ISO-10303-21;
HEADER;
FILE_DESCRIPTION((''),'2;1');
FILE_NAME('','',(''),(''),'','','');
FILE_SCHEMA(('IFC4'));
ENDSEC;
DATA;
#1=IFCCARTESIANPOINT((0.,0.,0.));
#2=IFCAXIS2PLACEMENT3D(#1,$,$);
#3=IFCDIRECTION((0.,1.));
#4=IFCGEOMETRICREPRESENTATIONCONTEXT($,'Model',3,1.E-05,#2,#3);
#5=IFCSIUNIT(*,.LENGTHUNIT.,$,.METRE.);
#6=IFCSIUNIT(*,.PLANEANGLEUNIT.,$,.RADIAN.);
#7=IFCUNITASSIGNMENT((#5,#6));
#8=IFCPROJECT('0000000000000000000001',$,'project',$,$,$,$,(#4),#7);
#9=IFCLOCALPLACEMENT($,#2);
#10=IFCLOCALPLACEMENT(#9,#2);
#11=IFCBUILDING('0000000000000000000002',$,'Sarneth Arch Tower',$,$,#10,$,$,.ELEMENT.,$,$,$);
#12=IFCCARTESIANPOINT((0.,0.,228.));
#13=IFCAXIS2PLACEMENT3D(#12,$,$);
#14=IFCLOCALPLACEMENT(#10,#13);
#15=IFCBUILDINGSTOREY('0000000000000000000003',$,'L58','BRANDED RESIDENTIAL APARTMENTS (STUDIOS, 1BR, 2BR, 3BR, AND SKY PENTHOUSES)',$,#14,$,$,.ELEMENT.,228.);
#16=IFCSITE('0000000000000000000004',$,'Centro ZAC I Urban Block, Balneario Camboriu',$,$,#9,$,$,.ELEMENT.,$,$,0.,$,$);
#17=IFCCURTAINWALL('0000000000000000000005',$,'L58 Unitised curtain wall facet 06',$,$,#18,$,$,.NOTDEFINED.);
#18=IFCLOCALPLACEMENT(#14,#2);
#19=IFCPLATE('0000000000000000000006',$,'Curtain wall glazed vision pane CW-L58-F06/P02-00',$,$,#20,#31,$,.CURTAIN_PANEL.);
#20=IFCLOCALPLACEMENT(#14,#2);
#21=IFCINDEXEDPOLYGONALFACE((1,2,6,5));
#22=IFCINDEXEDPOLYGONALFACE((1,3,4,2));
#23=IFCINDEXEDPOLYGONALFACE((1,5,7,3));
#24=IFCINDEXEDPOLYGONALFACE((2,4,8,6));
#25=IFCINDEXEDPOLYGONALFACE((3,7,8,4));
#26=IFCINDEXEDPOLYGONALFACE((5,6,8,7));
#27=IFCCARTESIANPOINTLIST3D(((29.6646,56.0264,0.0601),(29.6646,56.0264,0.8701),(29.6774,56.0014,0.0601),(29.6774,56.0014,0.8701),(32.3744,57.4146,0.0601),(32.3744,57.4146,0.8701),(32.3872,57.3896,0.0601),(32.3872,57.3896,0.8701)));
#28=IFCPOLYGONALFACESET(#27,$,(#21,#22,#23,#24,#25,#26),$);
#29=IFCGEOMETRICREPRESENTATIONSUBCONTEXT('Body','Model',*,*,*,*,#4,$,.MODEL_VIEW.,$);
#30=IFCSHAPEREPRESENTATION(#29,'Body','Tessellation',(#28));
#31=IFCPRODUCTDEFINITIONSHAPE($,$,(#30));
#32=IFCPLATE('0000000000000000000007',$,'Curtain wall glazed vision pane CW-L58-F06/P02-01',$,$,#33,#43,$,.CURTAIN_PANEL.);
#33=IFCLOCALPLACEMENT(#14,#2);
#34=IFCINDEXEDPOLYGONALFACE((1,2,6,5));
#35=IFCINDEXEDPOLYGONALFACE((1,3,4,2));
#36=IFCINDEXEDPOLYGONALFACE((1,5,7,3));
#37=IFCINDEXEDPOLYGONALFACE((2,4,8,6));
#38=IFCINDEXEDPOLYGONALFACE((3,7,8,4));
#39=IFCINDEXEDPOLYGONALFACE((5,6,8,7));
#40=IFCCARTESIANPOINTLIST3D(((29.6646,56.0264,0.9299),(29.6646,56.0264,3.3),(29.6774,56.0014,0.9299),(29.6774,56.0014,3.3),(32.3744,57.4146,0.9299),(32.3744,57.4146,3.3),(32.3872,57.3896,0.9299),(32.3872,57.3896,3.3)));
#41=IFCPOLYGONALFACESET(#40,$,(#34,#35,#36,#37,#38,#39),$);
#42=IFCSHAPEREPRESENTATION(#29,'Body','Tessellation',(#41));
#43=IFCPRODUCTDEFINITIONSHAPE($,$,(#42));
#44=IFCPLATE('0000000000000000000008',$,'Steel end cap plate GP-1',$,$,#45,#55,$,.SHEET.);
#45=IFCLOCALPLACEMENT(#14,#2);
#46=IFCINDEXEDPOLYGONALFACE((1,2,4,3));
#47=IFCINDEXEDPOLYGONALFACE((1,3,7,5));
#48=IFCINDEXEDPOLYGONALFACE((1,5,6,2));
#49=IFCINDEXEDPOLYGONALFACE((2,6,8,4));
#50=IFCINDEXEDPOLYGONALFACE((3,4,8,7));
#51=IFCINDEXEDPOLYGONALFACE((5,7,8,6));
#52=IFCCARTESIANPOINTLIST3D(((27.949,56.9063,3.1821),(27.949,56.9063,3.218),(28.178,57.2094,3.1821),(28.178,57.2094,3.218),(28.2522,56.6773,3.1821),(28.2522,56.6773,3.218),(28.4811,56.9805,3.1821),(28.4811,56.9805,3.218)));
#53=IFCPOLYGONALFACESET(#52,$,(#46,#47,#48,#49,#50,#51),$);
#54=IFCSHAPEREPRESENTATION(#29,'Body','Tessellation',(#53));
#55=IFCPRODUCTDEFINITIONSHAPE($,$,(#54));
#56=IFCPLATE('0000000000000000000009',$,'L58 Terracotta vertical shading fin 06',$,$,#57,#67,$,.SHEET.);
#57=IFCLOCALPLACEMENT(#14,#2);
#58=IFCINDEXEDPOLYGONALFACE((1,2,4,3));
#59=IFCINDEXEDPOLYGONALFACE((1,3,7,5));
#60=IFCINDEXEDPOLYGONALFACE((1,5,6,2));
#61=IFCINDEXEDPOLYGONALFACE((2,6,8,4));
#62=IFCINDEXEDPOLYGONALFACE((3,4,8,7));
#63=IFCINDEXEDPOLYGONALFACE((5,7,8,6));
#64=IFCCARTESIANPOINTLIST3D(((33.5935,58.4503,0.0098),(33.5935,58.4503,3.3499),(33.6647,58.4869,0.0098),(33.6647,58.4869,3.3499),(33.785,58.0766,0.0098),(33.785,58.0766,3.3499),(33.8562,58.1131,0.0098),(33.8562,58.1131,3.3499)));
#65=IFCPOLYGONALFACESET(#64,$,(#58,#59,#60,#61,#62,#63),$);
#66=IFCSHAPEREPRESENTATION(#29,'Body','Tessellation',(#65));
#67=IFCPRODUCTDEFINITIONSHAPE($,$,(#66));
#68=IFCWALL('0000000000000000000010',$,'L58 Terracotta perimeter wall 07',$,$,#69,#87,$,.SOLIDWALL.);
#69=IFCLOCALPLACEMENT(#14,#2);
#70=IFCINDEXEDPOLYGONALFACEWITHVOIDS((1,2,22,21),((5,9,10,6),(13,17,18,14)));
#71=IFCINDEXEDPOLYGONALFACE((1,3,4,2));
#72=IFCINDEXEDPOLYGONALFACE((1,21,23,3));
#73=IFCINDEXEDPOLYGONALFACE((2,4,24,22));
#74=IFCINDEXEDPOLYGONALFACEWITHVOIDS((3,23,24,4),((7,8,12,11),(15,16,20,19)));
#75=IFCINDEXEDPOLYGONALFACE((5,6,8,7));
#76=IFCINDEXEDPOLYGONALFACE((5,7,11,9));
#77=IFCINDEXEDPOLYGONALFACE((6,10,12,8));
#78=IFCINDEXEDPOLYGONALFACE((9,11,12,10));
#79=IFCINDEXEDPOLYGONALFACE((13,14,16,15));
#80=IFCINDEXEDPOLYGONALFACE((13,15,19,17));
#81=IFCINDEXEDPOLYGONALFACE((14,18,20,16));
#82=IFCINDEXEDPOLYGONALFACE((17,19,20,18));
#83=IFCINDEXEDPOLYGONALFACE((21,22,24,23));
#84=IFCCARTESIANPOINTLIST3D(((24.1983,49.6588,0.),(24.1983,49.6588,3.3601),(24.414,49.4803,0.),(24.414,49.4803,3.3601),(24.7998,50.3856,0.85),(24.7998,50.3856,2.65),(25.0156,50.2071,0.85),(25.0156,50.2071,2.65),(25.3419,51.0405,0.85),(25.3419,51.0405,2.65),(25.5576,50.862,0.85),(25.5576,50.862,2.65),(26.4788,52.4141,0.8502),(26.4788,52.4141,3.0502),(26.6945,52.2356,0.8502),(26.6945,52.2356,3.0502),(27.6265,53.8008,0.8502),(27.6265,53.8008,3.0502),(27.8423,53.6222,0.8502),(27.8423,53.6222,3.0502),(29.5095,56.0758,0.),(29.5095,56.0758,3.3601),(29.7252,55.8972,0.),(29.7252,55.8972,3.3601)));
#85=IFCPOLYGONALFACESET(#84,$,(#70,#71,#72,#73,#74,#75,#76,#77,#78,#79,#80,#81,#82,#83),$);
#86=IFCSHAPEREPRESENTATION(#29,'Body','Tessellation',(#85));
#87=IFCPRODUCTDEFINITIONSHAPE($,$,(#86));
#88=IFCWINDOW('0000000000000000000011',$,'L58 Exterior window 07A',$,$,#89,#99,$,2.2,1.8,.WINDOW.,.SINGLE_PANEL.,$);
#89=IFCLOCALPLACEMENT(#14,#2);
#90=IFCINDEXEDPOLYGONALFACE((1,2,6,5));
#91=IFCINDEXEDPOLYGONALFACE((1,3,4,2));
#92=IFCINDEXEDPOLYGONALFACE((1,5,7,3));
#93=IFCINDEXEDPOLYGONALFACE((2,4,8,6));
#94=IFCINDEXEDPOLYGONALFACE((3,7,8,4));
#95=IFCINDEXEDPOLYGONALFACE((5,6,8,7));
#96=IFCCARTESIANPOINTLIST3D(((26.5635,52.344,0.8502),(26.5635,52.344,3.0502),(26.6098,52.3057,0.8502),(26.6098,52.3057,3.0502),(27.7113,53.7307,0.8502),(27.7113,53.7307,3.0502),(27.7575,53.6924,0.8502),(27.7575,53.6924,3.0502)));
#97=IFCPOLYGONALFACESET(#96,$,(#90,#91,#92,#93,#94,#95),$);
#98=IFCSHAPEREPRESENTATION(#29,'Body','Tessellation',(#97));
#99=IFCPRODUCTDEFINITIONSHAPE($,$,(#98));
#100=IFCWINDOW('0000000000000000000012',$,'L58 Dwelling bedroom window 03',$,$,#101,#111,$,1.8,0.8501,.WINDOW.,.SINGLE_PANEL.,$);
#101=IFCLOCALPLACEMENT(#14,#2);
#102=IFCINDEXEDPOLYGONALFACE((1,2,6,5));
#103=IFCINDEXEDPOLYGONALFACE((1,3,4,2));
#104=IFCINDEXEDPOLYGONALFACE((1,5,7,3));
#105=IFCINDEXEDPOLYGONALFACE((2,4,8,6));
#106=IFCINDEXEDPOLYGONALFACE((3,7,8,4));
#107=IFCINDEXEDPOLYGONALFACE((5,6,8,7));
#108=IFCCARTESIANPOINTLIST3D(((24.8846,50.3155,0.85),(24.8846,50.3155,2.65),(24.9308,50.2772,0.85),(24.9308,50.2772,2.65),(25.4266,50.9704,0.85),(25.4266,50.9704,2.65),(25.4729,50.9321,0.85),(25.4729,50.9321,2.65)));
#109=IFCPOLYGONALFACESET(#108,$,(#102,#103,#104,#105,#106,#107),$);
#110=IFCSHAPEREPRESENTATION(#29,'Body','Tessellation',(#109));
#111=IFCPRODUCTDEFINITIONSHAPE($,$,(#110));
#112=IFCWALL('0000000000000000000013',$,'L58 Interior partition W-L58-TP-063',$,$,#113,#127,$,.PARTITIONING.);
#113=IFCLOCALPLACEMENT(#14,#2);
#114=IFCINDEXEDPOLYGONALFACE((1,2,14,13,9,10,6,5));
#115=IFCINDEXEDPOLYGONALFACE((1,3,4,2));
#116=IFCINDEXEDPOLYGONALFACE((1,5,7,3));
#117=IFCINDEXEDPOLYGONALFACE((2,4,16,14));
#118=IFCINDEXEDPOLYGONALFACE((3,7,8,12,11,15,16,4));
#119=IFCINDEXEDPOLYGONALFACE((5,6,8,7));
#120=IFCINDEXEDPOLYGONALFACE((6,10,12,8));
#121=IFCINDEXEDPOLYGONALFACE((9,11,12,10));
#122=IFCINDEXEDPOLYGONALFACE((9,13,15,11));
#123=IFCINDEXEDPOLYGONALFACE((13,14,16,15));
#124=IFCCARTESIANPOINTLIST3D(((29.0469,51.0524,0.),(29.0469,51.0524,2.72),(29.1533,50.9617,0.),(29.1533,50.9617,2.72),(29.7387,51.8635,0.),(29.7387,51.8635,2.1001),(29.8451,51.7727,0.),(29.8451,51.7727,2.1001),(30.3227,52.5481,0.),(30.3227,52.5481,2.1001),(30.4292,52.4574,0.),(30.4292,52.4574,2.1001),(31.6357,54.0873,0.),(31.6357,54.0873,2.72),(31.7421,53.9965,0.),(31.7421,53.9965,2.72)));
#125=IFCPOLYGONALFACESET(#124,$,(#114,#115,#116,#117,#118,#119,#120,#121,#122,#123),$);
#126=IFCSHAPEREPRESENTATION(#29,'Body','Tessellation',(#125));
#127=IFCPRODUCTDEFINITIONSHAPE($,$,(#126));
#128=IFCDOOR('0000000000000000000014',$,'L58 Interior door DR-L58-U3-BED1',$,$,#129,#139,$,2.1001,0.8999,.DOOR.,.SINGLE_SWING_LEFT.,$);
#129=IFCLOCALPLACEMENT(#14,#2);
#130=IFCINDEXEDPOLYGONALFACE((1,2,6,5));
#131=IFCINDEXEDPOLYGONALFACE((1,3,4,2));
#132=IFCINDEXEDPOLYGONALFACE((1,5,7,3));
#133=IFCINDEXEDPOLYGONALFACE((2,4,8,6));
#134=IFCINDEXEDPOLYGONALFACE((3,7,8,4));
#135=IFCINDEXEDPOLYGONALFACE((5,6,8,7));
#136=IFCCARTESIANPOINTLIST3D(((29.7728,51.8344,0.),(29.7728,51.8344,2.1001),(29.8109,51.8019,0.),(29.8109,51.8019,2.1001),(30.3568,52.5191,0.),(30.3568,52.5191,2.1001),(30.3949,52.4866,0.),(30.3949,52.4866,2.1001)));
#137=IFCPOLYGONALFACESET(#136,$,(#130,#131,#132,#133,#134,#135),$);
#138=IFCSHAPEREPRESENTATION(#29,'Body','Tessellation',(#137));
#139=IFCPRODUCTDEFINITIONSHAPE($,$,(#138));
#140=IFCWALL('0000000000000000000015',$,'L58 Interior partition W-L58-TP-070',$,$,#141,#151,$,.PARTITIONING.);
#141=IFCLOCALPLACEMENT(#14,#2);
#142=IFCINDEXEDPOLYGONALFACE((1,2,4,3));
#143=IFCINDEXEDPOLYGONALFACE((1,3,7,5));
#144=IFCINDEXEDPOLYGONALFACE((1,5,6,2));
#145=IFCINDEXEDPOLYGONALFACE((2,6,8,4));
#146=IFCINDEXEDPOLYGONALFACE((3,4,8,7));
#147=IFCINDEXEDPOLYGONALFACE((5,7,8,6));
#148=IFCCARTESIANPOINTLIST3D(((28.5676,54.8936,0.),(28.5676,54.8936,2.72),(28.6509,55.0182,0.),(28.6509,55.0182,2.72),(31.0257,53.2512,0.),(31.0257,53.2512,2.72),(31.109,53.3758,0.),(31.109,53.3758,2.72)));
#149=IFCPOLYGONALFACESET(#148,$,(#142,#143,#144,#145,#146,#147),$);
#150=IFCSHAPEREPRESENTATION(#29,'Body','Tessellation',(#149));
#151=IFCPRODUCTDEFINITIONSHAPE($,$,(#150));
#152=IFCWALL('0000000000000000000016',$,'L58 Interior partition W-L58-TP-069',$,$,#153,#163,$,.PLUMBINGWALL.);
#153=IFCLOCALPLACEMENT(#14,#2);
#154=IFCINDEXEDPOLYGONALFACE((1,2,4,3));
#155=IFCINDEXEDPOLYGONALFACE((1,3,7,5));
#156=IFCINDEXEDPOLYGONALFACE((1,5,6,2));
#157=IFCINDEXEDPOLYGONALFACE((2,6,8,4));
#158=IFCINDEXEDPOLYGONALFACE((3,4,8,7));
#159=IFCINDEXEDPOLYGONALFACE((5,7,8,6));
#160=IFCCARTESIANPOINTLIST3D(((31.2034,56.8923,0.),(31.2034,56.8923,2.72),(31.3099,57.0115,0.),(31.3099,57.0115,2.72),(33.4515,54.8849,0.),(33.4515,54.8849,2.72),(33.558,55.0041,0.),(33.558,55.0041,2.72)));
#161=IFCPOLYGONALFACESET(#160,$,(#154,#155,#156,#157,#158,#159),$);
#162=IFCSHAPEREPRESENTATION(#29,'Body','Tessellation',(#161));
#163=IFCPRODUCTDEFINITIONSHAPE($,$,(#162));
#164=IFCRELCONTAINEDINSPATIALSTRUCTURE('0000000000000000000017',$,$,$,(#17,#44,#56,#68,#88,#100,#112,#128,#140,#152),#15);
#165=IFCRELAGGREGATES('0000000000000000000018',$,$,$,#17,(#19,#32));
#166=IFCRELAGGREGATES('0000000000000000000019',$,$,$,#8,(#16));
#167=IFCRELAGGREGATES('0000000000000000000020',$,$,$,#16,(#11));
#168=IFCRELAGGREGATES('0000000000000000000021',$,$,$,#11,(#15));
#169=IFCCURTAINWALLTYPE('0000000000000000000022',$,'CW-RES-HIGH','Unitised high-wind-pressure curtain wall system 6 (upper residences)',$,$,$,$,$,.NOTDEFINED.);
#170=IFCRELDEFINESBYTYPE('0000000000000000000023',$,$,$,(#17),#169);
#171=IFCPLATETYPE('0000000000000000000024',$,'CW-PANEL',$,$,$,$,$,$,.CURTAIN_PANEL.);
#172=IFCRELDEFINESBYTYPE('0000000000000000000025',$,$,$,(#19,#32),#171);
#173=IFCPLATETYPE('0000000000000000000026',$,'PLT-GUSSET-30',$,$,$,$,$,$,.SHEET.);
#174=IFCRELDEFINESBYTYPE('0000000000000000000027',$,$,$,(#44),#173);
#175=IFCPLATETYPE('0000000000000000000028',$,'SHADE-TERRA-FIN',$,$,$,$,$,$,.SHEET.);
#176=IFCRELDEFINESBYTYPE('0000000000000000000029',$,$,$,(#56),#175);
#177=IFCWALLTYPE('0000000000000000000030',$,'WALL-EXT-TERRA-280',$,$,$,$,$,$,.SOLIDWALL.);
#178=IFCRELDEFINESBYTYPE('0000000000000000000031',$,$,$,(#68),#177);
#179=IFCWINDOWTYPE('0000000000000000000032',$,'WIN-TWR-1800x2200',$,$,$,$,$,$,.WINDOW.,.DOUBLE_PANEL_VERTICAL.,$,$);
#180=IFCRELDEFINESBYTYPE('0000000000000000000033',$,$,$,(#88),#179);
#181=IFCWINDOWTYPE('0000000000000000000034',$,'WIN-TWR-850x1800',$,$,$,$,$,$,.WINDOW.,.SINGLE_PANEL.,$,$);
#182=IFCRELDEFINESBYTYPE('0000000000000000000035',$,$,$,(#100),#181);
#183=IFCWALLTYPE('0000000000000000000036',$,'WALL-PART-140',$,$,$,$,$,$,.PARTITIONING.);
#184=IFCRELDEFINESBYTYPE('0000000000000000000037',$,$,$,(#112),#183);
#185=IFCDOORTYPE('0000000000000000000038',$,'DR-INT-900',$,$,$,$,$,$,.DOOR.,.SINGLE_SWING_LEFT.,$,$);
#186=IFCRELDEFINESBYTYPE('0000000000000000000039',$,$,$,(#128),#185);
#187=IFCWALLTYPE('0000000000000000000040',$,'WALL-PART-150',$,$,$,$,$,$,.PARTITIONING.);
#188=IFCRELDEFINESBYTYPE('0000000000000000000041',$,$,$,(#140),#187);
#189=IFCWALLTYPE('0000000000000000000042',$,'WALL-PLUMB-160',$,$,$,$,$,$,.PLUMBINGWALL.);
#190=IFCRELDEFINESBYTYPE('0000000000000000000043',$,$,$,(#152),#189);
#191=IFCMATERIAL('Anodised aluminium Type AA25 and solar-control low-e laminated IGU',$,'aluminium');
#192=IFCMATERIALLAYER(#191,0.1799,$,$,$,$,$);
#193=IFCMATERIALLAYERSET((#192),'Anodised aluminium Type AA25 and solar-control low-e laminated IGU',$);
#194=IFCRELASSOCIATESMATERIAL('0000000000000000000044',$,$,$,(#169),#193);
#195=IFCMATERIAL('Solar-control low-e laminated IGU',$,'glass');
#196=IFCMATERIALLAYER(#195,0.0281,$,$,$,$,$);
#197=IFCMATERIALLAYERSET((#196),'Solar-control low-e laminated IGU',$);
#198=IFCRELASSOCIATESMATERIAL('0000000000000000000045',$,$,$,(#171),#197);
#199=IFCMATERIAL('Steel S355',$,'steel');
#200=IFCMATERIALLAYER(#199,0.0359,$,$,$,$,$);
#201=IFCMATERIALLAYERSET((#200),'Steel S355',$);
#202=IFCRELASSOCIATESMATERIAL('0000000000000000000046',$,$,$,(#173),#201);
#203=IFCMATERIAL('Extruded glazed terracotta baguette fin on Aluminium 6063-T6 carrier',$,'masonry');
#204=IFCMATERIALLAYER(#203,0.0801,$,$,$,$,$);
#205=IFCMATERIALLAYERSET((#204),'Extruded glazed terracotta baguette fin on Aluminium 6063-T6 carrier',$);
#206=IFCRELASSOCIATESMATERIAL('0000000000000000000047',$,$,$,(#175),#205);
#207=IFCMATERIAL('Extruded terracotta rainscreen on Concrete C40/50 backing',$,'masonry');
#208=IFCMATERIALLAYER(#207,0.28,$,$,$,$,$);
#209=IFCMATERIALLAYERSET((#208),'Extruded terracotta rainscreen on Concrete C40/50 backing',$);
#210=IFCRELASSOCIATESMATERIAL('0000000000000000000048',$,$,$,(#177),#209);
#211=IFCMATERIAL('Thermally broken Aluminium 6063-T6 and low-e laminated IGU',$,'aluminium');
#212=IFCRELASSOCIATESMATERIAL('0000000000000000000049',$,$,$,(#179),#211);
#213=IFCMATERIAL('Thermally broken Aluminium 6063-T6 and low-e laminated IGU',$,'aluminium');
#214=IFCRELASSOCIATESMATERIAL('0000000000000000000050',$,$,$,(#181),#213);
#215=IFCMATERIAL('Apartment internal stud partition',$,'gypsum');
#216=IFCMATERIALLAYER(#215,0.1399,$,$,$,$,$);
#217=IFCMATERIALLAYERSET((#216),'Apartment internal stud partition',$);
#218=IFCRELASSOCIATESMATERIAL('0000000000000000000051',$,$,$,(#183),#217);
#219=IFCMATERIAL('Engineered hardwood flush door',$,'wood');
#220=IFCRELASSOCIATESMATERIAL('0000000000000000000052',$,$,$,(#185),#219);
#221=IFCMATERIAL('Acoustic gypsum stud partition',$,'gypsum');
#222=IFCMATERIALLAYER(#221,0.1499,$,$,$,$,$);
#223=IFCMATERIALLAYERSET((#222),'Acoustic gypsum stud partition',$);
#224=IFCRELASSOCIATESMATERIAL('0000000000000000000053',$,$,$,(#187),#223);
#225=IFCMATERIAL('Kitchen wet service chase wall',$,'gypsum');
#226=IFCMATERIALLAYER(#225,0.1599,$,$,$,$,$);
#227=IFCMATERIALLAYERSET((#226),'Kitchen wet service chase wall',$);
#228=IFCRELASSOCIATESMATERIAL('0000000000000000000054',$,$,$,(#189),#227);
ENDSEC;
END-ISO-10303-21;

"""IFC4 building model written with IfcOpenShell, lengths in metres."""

from ifc_helpers import new_model, si_unit, direction, frame, frame_2d, origin, origin_2d, place, context, subcontext, project, spatial, rectangle, extrude, material, layer, layer_set, type_object, element, fill, aggregate, save


model = new_model("IFC4")

# Units and contexts
model_context = context("Model", 3, precision=1e-05, world=origin(), true_north=direction((0.0, 1.0)))
body_context = subcontext(model_context, "Body", "Model", "MODEL_VIEW")
ifc_project = project(units=[si_unit("LENGTHUNIT", "METRE"), si_unit("PLANEANGLEUNIT", "RADIAN")], contexts=[model_context])

# Site, building, storey
site_placement = place(None, origin())
site = spatial("IfcSite", under=ifc_project, at=site_placement, Name="Centro ZAC I Urban Block, Balneario Camboriu", CompositionType="ELEMENT", RefElevation=0.0)
building_placement = place(site_placement, origin())
building = spatial("IfcBuilding", under=site, at=building_placement, Name="Sarneth Arch Tower", CompositionType="ELEMENT")
storey_placement = place(building_placement, frame((0.0, 0.0, 228.0)))
storey = spatial("IfcBuildingStorey", under=building, at=storey_placement, Name="L58", Description="BRANDED RESIDENTIAL APARTMENTS (STUDIOS, 1BR, 2BR, 3BR, AND SKY PENTHOUSES)", CompositionType="ELEMENT", Elevation=228.0)

# Curtain wall
ifc_material_1 = material(Name="Anodised aluminium Type AA25 and solar-control low-e laminated IGU", Category="aluminium")
ifc_layer_1 = layer(ifc_material_1, 0.1799)
ifc_layer_set_1 = layer_set([ifc_layer_1], Name="Anodised aluminium Type AA25 and solar-control low-e laminated IGU")
curtain_wall_type = type_object("IfcCurtainWallType", Name="CW-RES-HIGH", Description="Unitised high-wind-pressure curtain wall system 6 (upper residences)", PredefinedType="NOTDEFINED", material=ifc_layer_set_1)
curtain_wall_placement = place(storey_placement, origin())
curtain_wall = element("IfcCurtainWall", 1, at=curtain_wall_placement, inside=storey, type_object=curtain_wall_type, Name="L58 Unitised curtain wall facet 06", PredefinedType="NOTDEFINED")

# Plates
ifc_material_2 = material(Name="Solar-control low-e laminated IGU", Category="glass")
ifc_layer_2 = layer(ifc_material_2, 0.0281)
ifc_layer_set_2 = layer_set([ifc_layer_2], Name="Solar-control low-e laminated IGU")
plate_type_1 = type_object("IfcPlateType", Name="CW-PANEL", PredefinedType="CURTAIN_PANEL", material=ifc_layer_set_2)
plate_1_placement = place(storey_placement, frame((31.0259, 56.708, 0.0601), z_axis=(0.0, 0.0, 1.0), x_axis=(-0.89001, -0.455942, 0.0)))
plate_1 = element("IfcPlate", 2, at=plate_1_placement, type_object=plate_type_1, Name="Curtain wall glazed vision pane CW-L58-F06/P02-00", PredefinedType="CURTAIN_PANEL", context=body_context, shape_type="SweptSolid", body=[
    extrude(rectangle(XDim=3.0447, YDim=0.0281, at=origin_2d()), origin(), (0.0, 0.0, 1.0), 0.8101),
])
plate_2_placement = place(storey_placement, frame((31.0259, 56.708, 0.9299), z_axis=(0.0, 0.0, 1.0), x_axis=(-0.89001, -0.455942, 0.0)))
plate_2 = element("IfcPlate", 3, at=plate_2_placement, type_object=plate_type_1, Name="Curtain wall glazed vision pane CW-L58-F06/P02-01", PredefinedType="CURTAIN_PANEL", context=body_context, shape_type="SweptSolid", body=[
    extrude(rectangle(XDim=3.0447, YDim=0.0281, at=origin_2d()), origin(), (0.0, 0.0, 1.0), 2.3701),
])
aggregate(curtain_wall, [plate_1, plate_2])

# Plates
ifc_material_3 = material(Name="Steel S355", Category="steel")
ifc_layer_3 = layer(ifc_material_3, 0.0359)
ifc_layer_set_3 = layer_set([ifc_layer_3], Name="Steel S355")
plate_type_2 = type_object("IfcPlateType", Name="PLT-GUSSET-30", PredefinedType="SHEET", material=ifc_layer_set_3)
plate_3_placement = place(storey_placement, frame((28.2151, 56.9434, 3.1821), z_axis=(0.0, 0.0, 1.0), x_axis=(-0.798005, 0.602651, 0.0)))
element("IfcPlate", 4, at=plate_3_placement, inside=storey, type_object=plate_type_2, Name="Steel end cap plate GP-1", PredefinedType="SHEET", context=body_context, shape_type="SweptSolid", body=[
    extrude(rectangle(XDim=0.3799, YDim=0.3799, at=origin_2d()), origin(), (0.0, 0.0, 1.0), 0.0359),
])
ifc_material_4 = material(Name="Extruded glazed terracotta baguette fin on Aluminium 6063-T6 carrier", Category="masonry")
ifc_layer_4 = layer(ifc_material_4, 0.0801)
ifc_layer_set_4 = layer_set([ifc_layer_4], Name="Extruded glazed terracotta baguette fin on Aluminium 6063-T6 carrier")
plate_type_3 = type_object("IfcPlateType", Name="SHADE-TERRA-FIN", PredefinedType="SHEET", material=ifc_layer_set_4)
plate_4_placement = place(storey_placement, frame((33.7249, 58.2817, 0.0098), z_axis=(0.0, 0.0, 1.0), x_axis=(-0.456011, 0.889974, 0.0)))
element("IfcPlate", 5, at=plate_4_placement, inside=storey, type_object=plate_type_3, Name="L58 Terracotta vertical shading fin 06", PredefinedType="SHEET", context=body_context, shape_type="SweptSolid", body=[
    extrude(rectangle(XDim=0.4199, YDim=0.0801, at=origin_2d()), origin(), (0.0, 0.0, 1.0), 3.3401),
])

# Wall, openings, windows
ifc_material_5 = material(Name="Extruded terracotta rainscreen on Concrete C40/50 backing", Category="masonry")
ifc_layer_5 = layer(ifc_material_5, 0.28)
ifc_layer_set_5 = layer_set([ifc_layer_5], Name="Extruded terracotta rainscreen on Concrete C40/50 backing")
wall_type_1 = type_object("IfcWallType", Name="WALL-EXT-TERRA-280", PredefinedType="SOLIDWALL", material=ifc_layer_set_5)
wall_1_placement = place(storey_placement, frame((29.6174, 55.9866, 0.0), z_axis=(0.0, 0.0, 1.0), x_axis=(-0.637615, -0.770355, 0.0)))
wall_1 = element("IfcWall", 6, at=wall_1_placement, inside=storey, type_object=wall_type_1, Name="L58 Terracotta perimeter wall 07", PredefinedType="SOLIDWALL", context=body_context, shape_type="SweptSolid", body=[
    extrude(rectangle(XDim=8.3298, YDim=0.28, at=frame_2d((4.165, 0.0))), origin(), (0.0, 0.0, 1.0), 3.3601),
])
opening_1_placement = place(wall_1_placement, frame((2.9534, 0.0, 0.8501)))
opening_1 = element("IfcOpeningElement", 7, at=opening_1_placement, cuts=wall_1, PredefinedType="OPENING", context=body_context, shape_type="SweptSolid", body=[
    extrude(rectangle(XDim=1.8, YDim=2.2, at=frame_2d((0.8999, 1.1001))), frame((0.0, 0.1499, 0.0), z_axis=(0.0, -1.0, 0.0), x_axis=(1.0, 0.0, 0.0)), (0.0, 0.0, 1.0), 0.3),
])
opening_2_placement = place(wall_1_placement, frame((6.5364, 0.0, 0.8501)))
opening_2 = element("IfcOpeningElement", 8, at=opening_2_placement, cuts=wall_1, PredefinedType="OPENING", context=body_context, shape_type="SweptSolid", body=[
    extrude(rectangle(XDim=0.8501, YDim=1.8, at=frame_2d((0.425, 0.8999))), frame((0.0, 0.1499, 0.0), z_axis=(0.0, -1.0, 0.0), x_axis=(1.0, 0.0, 0.0)), (0.0, 0.0, 1.0), 0.3),
])
ifc_material_6 = material(Name="Thermally broken Aluminium 6063-T6 and low-e laminated IGU", Category="aluminium")
window_type_1 = type_object("IfcWindowType", Name="WIN-TWR-1800x2200", PartitioningType="DOUBLE_PANEL_VERTICAL", PredefinedType="WINDOW", material=ifc_material_6)
window_1_placement = place(opening_1_placement, origin())
window_1 = element("IfcWindow", 9, at=window_1_placement, inside=storey, type_object=window_type_1, Name="L58 Exterior window 07A", OverallHeight=2.2, OverallWidth=1.8, PartitioningType="SINGLE_PANEL", PredefinedType="WINDOW", context=body_context, shape_type="SweptSolid", body=[
    extrude(rectangle(XDim=1.8, YDim=2.2, at=frame_2d((0.8999, 1.1001))), frame((0.0, 0.03, 0.0), z_axis=(0.0, -1.0, 0.0), x_axis=(1.0, 0.0, 0.0)), (0.0, 0.0, 1.0), 0.0601),
])
fill(opening_1, window_1)
ifc_material_7 = material(Name="Thermally broken Aluminium 6063-T6 and low-e laminated IGU", Category="aluminium")
window_type_2 = type_object("IfcWindowType", Name="WIN-TWR-850x1800", PartitioningType="SINGLE_PANEL", PredefinedType="WINDOW", material=ifc_material_7)
window_2_placement = place(opening_2_placement, origin())
window_2 = element("IfcWindow", 10, at=window_2_placement, inside=storey, type_object=window_type_2, Name="L58 Dwelling bedroom window 03", OverallHeight=1.8, OverallWidth=0.8501, PartitioningType="SINGLE_PANEL", PredefinedType="WINDOW", context=body_context, shape_type="SweptSolid", body=[
    extrude(rectangle(XDim=0.8501, YDim=1.8, at=frame_2d((0.425, 0.8999))), frame((0.0, 0.03, 0.0), z_axis=(0.0, -1.0, 0.0), x_axis=(1.0, 0.0, 0.0)), (0.0, 0.0, 1.0), 0.0601),
])
fill(opening_2, window_2)

# Wall, opening, door
ifc_material_8 = material(Name="Apartment internal stud partition", Category="gypsum")
ifc_layer_6 = layer(ifc_material_8, 0.1399)
ifc_layer_set_6 = layer_set([ifc_layer_6], Name="Apartment internal stud partition")
wall_type_2 = type_object("IfcWallType", Name="WALL-PART-140", PredefinedType="PARTITIONING", material=ifc_layer_set_6)
wall_2_placement = place(storey_placement, frame((31.689, 54.042, 0.0), z_axis=(0.0, 0.0, 1.0), x_axis=(-0.648985, -0.760801, 0.0)))
wall_2 = element("IfcWall", 11, at=wall_2_placement, inside=storey, type_object=wall_type_2, Name="L58 Interior partition W-L58-TP-063", PredefinedType="PARTITIONING", context=body_context, shape_type="SweptSolid", body=[
    extrude(rectangle(XDim=3.989, YDim=0.1399, at=frame_2d((1.9946, 0.0))), origin(), (0.0, 0.0, 1.0), 2.72),
])
opening_3_placement = place(wall_2_placement, frame((2.0232, 0.0, 0.0)))
opening_3 = element("IfcOpeningElement", 12, at=opening_3_placement, cuts=wall_2, PredefinedType="OPENING", context=body_context, shape_type="SweptSolid", body=[
    extrude(rectangle(XDim=0.8999, YDim=2.1001, at=frame_2d((0.45, 1.05))), frame((0.0, 0.0798, 0.0), z_axis=(0.0, -1.0, 0.0), x_axis=(1.0, 0.0, 0.0)), (0.0, 0.0, 1.0), 0.1599),
])
ifc_material_9 = material(Name="Engineered hardwood flush door", Category="wood")
door_type = type_object("IfcDoorType", Name="DR-INT-900", OperationType="SINGLE_SWING_LEFT", PredefinedType="DOOR", material=ifc_material_9)
door_placement = place(opening_3_placement, origin())
door = element("IfcDoor", 13, at=door_placement, inside=storey, type_object=door_type, Name="L58 Interior door DR-L58-U3-BED1", OperationType="SINGLE_SWING_LEFT", OverallHeight=2.1001, OverallWidth=0.8999, PredefinedType="DOOR", context=body_context, shape_type="SweptSolid", body=[
    extrude(rectangle(XDim=0.8999, YDim=2.1001, at=frame_2d((0.45, 1.05))), frame((0.0, 0.0249, 0.0), z_axis=(0.0, -1.0, 0.0), x_axis=(1.0, 0.0, 0.0)), (0.0, 0.0, 1.0), 0.05),
])
fill(opening_3, door)

# Walls
ifc_material_10 = material(Name="Acoustic gypsum stud partition", Category="gypsum")
ifc_layer_7 = layer(ifc_material_10, 0.1499)
ifc_layer_set_7 = layer_set([ifc_layer_7], Name="Acoustic gypsum stud partition")
wall_type_3 = type_object("IfcWallType", Name="WALL-PART-150", PredefinedType="PARTITIONING", material=ifc_layer_set_7)
wall_3_placement = place(storey_placement, frame((28.6094, 54.9558, 0.0), z_axis=(0.0, 0.0, 1.0), x_axis=(0.831478, -0.555558, 0.0)))
element("IfcWall", 14, at=wall_3_placement, inside=storey, type_object=wall_type_3, Name="L58 Interior partition W-L58-TP-070", PredefinedType="PARTITIONING", context=body_context, shape_type="SweptSolid", body=[
    extrude(rectangle(XDim=2.9563, YDim=0.1499, at=frame_2d((1.478, 0.0))), origin(), (0.0, 0.0, 1.0), 2.72),
])
ifc_material_11 = material(Name="Kitchen wet service chase wall", Category="gypsum")
ifc_layer_8 = layer(ifc_material_11, 0.1599)
ifc_layer_set_8 = layer_set([ifc_layer_8], Name="Kitchen wet service chase wall")
wall_type_4 = type_object("IfcWallType", Name="WALL-PLUMB-160", PredefinedType="PLUMBINGWALL", material=ifc_layer_set_8)
wall_4_placement = place(storey_placement, frame((33.5046, 54.9446, 0.0), z_axis=(0.0, 0.0, 1.0), x_axis=(-0.745915, 0.666042, 0.0)))
element("IfcWall", 15, at=wall_4_placement, inside=storey, type_object=wall_type_4, Name="L58 Interior partition W-L58-TP-069", PredefinedType="PLUMBINGWALL", context=body_context, shape_type="SweptSolid", body=[
    extrude(rectangle(XDim=3.0139, YDim=0.1599, at=frame_2d((1.5068, 0.0))), origin(), (0.0, 0.0, 1.0), 2.72),
])

save(model, "model.ifc")
